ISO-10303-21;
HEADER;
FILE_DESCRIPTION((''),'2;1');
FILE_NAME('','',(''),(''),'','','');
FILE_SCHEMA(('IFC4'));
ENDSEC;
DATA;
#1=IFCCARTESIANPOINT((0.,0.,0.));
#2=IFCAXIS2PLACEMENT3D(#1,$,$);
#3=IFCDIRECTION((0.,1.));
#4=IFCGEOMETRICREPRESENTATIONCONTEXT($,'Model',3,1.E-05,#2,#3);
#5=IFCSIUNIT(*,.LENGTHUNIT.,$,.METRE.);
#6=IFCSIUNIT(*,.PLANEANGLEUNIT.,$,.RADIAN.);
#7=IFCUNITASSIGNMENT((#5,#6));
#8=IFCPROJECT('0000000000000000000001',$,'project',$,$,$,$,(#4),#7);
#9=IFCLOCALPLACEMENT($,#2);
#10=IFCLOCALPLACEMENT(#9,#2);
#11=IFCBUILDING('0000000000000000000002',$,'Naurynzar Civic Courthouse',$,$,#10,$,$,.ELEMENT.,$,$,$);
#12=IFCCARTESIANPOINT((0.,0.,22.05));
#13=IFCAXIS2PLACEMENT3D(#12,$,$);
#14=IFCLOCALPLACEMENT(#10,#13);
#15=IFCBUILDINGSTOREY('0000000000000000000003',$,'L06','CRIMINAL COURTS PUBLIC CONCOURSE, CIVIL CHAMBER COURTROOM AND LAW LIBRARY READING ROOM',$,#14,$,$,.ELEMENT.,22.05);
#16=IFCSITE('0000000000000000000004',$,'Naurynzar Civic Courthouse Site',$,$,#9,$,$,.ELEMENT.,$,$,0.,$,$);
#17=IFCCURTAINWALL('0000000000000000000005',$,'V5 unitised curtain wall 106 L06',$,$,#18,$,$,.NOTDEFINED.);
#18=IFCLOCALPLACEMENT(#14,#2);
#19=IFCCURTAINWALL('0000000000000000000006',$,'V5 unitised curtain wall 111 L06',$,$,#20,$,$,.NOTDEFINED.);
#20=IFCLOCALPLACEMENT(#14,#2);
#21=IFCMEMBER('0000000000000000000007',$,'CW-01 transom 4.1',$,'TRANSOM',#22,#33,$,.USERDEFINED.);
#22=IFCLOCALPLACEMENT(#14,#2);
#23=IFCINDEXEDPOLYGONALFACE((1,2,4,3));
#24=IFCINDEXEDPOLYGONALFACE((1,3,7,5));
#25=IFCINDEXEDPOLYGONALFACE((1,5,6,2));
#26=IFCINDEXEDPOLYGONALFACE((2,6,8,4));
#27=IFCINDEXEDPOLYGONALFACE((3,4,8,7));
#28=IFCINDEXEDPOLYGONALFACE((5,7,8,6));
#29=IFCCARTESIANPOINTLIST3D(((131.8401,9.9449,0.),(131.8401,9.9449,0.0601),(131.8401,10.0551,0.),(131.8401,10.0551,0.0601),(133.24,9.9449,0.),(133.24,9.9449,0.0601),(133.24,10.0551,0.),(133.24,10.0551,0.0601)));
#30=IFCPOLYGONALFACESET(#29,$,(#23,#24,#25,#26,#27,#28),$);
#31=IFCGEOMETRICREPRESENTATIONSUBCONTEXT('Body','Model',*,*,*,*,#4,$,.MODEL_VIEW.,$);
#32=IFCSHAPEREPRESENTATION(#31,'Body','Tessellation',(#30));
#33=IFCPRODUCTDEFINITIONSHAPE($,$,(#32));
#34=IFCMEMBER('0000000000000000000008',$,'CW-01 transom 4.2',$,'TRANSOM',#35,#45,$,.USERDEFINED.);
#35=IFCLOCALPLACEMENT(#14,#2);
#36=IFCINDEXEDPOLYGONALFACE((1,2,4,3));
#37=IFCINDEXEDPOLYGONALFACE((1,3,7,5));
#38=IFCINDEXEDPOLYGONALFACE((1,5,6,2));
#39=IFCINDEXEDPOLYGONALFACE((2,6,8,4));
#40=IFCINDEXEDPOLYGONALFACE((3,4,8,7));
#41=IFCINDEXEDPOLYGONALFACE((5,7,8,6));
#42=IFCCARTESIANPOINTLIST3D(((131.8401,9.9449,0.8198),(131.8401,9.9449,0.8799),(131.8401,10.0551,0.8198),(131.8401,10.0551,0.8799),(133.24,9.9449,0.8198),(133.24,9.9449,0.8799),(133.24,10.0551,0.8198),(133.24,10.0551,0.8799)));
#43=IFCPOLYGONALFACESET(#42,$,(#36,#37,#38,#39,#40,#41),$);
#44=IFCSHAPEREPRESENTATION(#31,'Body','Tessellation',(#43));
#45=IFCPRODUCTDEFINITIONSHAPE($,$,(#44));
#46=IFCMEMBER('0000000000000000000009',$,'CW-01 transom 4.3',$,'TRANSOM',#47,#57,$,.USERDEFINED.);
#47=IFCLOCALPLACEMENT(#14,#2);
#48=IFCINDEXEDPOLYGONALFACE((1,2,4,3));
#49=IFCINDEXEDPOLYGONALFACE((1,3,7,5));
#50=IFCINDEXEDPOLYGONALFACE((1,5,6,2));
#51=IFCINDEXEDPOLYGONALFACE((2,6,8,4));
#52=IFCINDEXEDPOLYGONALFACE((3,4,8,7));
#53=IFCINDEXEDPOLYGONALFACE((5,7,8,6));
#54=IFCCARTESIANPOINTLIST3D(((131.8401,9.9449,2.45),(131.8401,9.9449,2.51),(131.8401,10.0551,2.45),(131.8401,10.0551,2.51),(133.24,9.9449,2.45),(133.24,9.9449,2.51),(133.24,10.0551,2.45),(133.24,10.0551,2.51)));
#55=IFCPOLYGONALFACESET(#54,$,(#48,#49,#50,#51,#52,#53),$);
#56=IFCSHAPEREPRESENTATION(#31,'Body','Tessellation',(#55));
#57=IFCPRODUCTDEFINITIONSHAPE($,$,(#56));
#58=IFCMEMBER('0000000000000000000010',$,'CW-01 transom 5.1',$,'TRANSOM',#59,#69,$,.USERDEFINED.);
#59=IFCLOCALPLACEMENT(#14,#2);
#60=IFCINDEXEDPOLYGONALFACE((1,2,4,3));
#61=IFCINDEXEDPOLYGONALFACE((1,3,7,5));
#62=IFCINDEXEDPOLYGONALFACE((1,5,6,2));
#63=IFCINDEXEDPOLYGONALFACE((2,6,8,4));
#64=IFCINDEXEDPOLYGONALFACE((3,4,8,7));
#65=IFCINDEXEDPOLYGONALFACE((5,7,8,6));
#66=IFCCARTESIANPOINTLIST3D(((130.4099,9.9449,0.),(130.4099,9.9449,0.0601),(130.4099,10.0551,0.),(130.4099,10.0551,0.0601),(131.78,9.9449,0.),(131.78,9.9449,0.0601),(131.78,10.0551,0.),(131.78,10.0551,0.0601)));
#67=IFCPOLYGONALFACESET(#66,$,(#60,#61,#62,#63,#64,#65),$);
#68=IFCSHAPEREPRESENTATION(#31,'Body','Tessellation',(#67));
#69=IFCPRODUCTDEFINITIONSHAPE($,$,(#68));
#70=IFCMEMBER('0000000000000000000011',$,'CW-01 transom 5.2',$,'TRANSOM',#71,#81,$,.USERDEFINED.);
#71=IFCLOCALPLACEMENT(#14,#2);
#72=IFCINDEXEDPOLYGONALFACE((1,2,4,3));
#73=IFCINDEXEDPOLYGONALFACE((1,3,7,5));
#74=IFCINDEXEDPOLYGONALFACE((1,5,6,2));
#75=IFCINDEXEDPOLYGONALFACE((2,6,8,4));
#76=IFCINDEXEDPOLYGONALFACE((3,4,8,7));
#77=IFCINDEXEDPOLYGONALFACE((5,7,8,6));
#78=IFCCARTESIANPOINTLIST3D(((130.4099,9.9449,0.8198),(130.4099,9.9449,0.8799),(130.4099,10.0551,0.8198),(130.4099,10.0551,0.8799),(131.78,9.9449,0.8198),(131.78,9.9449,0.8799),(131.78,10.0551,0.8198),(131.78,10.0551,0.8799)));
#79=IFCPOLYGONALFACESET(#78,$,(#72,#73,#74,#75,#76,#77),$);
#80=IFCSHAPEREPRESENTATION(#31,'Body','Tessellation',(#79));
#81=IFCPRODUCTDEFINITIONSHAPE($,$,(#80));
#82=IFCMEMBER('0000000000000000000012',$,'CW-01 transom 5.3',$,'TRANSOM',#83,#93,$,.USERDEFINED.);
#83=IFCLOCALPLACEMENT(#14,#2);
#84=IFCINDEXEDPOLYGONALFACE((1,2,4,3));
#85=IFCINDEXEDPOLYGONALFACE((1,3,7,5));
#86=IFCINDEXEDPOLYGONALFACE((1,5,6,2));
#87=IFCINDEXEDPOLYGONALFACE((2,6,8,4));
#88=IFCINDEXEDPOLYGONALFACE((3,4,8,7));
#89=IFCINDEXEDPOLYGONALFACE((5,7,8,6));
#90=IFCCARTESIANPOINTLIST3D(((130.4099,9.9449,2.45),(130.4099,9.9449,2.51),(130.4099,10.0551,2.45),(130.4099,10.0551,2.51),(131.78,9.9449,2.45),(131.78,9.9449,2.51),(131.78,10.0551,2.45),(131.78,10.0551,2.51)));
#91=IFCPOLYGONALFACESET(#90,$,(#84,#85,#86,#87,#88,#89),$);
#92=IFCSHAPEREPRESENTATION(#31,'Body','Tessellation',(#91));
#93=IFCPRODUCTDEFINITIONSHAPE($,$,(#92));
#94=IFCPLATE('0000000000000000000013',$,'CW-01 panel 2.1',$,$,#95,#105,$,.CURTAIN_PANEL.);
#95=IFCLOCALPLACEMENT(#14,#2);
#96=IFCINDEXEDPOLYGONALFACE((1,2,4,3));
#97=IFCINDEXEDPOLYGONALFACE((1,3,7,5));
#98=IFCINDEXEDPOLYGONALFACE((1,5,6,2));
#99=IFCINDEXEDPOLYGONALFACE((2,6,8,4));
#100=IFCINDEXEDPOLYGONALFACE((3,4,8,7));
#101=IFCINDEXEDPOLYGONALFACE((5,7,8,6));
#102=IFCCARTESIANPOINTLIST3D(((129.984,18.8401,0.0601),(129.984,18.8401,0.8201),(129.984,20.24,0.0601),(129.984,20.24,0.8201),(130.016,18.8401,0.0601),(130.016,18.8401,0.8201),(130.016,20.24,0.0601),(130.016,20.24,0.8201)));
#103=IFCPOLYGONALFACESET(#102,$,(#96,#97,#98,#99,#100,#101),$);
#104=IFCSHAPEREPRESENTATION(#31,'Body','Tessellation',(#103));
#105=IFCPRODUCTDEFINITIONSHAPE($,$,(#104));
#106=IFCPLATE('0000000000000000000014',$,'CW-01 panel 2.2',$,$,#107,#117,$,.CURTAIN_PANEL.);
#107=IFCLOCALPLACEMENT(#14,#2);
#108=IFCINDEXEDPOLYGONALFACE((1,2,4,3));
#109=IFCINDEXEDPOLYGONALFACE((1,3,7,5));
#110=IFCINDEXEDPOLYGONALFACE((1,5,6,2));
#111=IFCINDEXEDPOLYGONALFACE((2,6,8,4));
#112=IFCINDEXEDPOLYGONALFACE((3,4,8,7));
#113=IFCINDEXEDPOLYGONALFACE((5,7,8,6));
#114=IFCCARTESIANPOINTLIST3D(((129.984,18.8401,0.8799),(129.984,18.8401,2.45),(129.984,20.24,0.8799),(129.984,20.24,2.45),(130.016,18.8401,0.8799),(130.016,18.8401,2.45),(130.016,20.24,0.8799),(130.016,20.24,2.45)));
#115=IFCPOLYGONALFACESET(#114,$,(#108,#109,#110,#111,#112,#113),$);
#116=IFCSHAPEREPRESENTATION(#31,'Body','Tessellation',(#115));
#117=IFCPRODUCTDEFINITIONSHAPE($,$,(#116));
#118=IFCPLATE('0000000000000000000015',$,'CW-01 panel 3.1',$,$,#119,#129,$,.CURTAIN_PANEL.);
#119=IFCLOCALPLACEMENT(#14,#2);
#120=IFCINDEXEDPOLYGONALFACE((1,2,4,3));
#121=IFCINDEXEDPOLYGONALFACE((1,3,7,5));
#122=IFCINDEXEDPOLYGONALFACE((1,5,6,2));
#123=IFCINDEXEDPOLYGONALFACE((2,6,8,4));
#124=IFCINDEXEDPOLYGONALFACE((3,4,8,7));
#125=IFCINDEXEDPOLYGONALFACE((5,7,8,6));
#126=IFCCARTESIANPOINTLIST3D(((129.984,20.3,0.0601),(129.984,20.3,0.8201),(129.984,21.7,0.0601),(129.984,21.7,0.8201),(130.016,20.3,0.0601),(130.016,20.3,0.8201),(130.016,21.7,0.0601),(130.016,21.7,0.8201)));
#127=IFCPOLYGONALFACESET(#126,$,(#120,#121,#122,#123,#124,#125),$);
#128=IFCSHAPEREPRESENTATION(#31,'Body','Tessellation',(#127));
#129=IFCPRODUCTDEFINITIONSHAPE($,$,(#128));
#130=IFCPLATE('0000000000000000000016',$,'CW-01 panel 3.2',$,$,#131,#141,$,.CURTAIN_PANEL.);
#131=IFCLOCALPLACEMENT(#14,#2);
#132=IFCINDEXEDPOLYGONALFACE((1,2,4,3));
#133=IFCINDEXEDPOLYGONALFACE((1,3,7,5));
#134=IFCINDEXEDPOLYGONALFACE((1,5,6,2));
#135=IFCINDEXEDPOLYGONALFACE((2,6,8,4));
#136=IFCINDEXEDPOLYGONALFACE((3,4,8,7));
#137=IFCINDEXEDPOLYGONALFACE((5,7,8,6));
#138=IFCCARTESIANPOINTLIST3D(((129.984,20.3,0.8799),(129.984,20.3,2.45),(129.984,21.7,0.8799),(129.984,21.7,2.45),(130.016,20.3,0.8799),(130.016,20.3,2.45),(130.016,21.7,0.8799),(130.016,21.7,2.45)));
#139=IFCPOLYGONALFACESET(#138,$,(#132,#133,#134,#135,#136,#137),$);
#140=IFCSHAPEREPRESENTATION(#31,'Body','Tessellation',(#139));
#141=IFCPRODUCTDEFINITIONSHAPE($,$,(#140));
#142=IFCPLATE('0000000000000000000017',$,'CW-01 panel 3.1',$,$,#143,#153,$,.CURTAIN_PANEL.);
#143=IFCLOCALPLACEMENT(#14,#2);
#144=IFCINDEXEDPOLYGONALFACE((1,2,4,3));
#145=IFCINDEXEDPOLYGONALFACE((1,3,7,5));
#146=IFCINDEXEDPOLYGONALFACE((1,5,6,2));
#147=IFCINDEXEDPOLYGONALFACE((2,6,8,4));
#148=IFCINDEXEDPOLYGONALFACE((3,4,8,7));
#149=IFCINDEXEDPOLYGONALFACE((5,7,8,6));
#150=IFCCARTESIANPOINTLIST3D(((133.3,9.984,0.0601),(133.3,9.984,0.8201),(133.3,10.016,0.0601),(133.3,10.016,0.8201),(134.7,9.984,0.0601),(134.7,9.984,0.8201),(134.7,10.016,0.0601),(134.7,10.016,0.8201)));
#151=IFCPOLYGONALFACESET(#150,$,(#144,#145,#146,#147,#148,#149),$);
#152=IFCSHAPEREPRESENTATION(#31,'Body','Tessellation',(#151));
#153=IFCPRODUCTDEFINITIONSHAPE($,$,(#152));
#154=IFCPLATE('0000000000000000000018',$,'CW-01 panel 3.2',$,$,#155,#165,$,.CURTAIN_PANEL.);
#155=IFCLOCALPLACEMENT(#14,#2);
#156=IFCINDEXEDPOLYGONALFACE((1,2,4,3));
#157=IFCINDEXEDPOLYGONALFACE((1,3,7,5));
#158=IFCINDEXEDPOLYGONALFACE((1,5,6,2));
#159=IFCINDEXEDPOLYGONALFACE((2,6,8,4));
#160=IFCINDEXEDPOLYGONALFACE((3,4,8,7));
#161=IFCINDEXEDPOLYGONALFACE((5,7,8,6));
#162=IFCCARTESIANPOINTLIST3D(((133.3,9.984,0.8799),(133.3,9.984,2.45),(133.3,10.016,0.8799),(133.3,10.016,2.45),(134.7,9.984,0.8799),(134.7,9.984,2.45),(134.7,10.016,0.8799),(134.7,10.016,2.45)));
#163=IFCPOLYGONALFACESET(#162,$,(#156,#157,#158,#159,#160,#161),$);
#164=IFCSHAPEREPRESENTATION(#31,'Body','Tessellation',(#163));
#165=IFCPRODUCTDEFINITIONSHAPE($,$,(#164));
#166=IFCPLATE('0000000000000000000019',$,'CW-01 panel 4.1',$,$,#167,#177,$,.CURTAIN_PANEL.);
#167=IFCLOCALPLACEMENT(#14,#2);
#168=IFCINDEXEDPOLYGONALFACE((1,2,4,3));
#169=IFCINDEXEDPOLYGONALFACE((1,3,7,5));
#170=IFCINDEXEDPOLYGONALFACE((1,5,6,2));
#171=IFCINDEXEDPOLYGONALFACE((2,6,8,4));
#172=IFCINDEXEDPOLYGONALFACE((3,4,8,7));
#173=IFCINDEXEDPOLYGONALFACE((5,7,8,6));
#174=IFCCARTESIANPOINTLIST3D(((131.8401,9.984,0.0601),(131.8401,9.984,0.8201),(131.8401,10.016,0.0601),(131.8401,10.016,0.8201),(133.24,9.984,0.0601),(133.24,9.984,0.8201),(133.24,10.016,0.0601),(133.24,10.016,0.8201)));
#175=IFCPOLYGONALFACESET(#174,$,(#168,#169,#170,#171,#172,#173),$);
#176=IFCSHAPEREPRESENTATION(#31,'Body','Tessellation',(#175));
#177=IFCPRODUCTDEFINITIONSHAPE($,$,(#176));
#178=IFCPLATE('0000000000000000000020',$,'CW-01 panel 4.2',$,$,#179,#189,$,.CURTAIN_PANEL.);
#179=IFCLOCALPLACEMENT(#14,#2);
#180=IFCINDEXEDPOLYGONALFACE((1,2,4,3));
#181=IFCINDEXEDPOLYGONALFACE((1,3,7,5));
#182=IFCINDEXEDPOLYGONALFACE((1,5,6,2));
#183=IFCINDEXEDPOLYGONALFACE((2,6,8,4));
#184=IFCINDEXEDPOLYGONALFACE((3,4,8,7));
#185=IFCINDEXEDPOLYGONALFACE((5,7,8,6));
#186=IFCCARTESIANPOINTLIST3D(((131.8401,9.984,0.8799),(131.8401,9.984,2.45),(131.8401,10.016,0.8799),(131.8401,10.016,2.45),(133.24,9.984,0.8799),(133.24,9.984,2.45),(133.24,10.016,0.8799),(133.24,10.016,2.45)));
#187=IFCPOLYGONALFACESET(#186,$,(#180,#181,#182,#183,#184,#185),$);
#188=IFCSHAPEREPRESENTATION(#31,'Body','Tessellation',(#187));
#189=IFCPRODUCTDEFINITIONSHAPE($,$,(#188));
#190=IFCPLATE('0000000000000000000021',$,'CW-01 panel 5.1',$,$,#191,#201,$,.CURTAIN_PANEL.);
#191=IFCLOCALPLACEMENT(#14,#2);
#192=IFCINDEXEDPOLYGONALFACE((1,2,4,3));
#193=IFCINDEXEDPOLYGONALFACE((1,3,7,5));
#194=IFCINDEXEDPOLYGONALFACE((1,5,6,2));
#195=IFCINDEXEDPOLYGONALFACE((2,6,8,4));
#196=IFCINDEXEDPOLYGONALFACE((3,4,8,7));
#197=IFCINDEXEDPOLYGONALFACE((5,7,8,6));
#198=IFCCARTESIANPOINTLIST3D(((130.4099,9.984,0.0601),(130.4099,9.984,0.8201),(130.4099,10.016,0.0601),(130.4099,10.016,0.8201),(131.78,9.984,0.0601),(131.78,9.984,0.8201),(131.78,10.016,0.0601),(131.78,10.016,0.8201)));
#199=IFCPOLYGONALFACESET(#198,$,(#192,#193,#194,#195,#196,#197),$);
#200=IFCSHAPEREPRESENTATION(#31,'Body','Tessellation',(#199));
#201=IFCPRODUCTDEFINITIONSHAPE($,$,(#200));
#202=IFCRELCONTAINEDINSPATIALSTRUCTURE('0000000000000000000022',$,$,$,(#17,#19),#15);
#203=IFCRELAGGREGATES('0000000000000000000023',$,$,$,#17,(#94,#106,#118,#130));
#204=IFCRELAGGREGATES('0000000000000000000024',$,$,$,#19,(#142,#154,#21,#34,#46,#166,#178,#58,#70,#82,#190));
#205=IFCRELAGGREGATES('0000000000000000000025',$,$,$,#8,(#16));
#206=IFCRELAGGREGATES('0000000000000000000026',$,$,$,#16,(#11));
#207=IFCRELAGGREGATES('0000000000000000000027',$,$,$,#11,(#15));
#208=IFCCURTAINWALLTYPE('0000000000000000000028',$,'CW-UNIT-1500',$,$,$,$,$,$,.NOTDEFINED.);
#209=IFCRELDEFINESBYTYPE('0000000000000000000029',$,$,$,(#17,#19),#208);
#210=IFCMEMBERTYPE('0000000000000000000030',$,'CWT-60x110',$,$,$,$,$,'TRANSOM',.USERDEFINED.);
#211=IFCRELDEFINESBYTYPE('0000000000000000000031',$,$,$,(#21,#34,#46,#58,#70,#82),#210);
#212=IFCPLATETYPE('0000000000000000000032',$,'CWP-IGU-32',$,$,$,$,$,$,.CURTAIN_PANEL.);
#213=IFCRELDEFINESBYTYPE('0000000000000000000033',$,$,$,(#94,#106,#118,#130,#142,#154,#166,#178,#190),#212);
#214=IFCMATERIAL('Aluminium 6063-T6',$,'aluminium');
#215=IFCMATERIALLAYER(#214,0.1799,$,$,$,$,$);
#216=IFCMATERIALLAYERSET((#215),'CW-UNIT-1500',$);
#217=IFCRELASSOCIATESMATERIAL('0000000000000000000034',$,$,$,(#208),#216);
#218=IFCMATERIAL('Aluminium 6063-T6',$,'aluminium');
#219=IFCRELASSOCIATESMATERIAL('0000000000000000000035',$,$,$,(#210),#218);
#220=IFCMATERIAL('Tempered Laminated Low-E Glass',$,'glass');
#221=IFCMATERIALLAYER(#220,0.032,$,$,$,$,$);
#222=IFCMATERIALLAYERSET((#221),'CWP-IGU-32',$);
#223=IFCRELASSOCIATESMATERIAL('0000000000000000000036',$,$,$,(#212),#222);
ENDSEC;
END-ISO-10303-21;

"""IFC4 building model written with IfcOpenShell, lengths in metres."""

from ifc_helpers import new_model, si_unit, direction, frame, origin, origin_2d, place, context, subcontext, project, spatial, rectangle, extrude, material, layer, layer_set, material_profile, profile_set, type_object, element, aggregate, save


model = new_model("IFC4")

# Units and contexts
model_context = context("Model", 3, precision=1e-05, world=origin(), true_north=direction((0.0, 1.0)))
body_context = subcontext(model_context, "Body", "Model", "MODEL_VIEW")
ifc_project = project(units=[si_unit("LENGTHUNIT", "METRE"), si_unit("PLANEANGLEUNIT", "RADIAN")], contexts=[model_context])

# Site, building, storey
site_placement = place(None, origin())
site = spatial("IfcSite", under=ifc_project, at=site_placement, Name="Naurynzar Civic Courthouse Site", CompositionType="ELEMENT", RefElevation=0.0)
building_placement = place(site_placement, origin())
building = spatial("IfcBuilding", under=site, at=building_placement, Name="Naurynzar Civic Courthouse", CompositionType="ELEMENT")
storey_placement = place(building_placement, frame((0.0, 0.0, 22.05)))
storey = spatial("IfcBuildingStorey", under=building, at=storey_placement, Name="L06", Description="CRIMINAL COURTS PUBLIC CONCOURSE, CIVIL CHAMBER COURTROOM AND LAW LIBRARY READING ROOM", CompositionType="ELEMENT", Elevation=22.05)

# Curtain walls
ifc_material_1 = material(Name="Aluminium 6063-T6", Category="aluminium")
ifc_layer_1 = layer(ifc_material_1, 0.1799)
ifc_layer_set_1 = layer_set([ifc_layer_1], Name="CW-UNIT-1500")
curtain_wall_type = type_object("IfcCurtainWallType", Name="CW-UNIT-1500", PredefinedType="NOTDEFINED", material=ifc_layer_set_1)
curtain_wall_1_placement = place(storey_placement, origin())
curtain_wall_1 = element("IfcCurtainWall", 1, at=curtain_wall_1_placement, inside=storey, type_object=curtain_wall_type, Name="V5 unitised curtain wall 106 L06", PredefinedType="NOTDEFINED")
curtain_wall_2_placement = place(storey_placement, origin())
curtain_wall_2 = element("IfcCurtainWall", 2, at=curtain_wall_2_placement, inside=storey, type_object=curtain_wall_type, Name="V5 unitised curtain wall 111 L06", PredefinedType="NOTDEFINED")

# Members
ifc_material_2 = material(Name="Aluminium 6063-T6", Category="aluminium")
ifc_material_profile_1 = material_profile(ifc_material_2, rectangle(XDim=0.1101, YDim=0.0601, at=origin_2d()), Name="ALU TRANSOM 60x110")
ifc_profile_set_1 = profile_set([ifc_material_profile_1], Name="Aluminium 6063-T6")
member_type_1 = type_object("IfcMemberType", Name="CWT-60x110", ElementType="TRANSOM", PredefinedType="USERDEFINED", material=ifc_profile_set_1)
member_1_placement = place(storey_placement, frame((133.24, 10.0, 0.03), z_axis=(-1.0, 0.0, 0.0), x_axis=(0.0, -1.0, 0.0)))
member_1 = element("IfcMember", 3, at=member_1_placement, type_object=member_type_1, Name="CW-01 transom 4.1", ObjectType="TRANSOM", PredefinedType="USERDEFINED", context=body_context, shape_type="SweptSolid", body=[
    extrude(rectangle(XDim=0.1101, YDim=0.0601, at=origin_2d()), origin(), (0.0, 0.0, 1.0), 1.3999),
])
member_2_placement = place(storey_placement, frame((133.24, 10.0, 0.8499), z_axis=(-1.0, 0.0, 0.0), x_axis=(0.0, -1.0, 0.0)))
member_2 = element("IfcMember", 4, at=member_2_placement, type_object=member_type_1, Name="CW-01 transom 4.2", ObjectType="TRANSOM", PredefinedType="USERDEFINED", context=body_context, shape_type="SweptSolid", body=[
    extrude(rectangle(XDim=0.1101, YDim=0.0601, at=origin_2d()), origin(), (0.0, 0.0, 1.0), 1.3999),
])
member_3_placement = place(storey_placement, frame((133.24, 10.0, 2.48), z_axis=(-1.0, 0.0, 0.0), x_axis=(0.0, -1.0, 0.0)))
member_3 = element("IfcMember", 5, at=member_3_placement, type_object=member_type_1, Name="CW-01 transom 4.3", ObjectType="TRANSOM", PredefinedType="USERDEFINED", context=body_context, shape_type="SweptSolid", body=[
    extrude(rectangle(XDim=0.1101, YDim=0.0601, at=origin_2d()), origin(), (0.0, 0.0, 1.0), 1.3999),
])
member_4_placement = place(storey_placement, frame((131.78, 10.0, 0.03), z_axis=(-1.0, 0.0, 0.0), x_axis=(0.0, -1.0, 0.0)))
member_4 = element("IfcMember", 6, at=member_4_placement, type_object=member_type_1, Name="CW-01 transom 5.1", ObjectType="TRANSOM", PredefinedType="USERDEFINED", context=body_context, shape_type="SweptSolid", body=[
    extrude(rectangle(XDim=0.1101, YDim=0.0601, at=origin_2d()), origin(), (0.0, 0.0, 1.0), 1.3701),
])
member_5_placement = place(storey_placement, frame((131.78, 10.0, 0.8499), z_axis=(-1.0, 0.0, 0.0), x_axis=(0.0, -1.0, 0.0)))
member_5 = element("IfcMember", 7, at=member_5_placement, type_object=member_type_1, Name="CW-01 transom 5.2", ObjectType="TRANSOM", PredefinedType="USERDEFINED", context=body_context, shape_type="SweptSolid", body=[
    extrude(rectangle(XDim=0.1101, YDim=0.0601, at=origin_2d()), origin(), (0.0, 0.0, 1.0), 1.3701),
])
member_6_placement = place(storey_placement, frame((131.78, 10.0, 2.48), z_axis=(-1.0, 0.0, 0.0), x_axis=(0.0, -1.0, 0.0)))
member_6 = element("IfcMember", 8, at=member_6_placement, type_object=member_type_1, Name="CW-01 transom 5.3", ObjectType="TRANSOM", PredefinedType="USERDEFINED", context=body_context, shape_type="SweptSolid", body=[
    extrude(rectangle(XDim=0.1101, YDim=0.0601, at=origin_2d()), origin(), (0.0, 0.0, 1.0), 1.3701),
])

# Plates
ifc_material_3 = material(Name="Tempered Laminated Low-E Glass", Category="glass")
ifc_layer_2 = layer(ifc_material_3, 0.032)
ifc_layer_set_2 = layer_set([ifc_layer_2], Name="CWP-IGU-32")
plate_type = type_object("IfcPlateType", Name="CWP-IGU-32", PredefinedType="CURTAIN_PANEL", material=ifc_layer_set_2)
plate_1_placement = place(storey_placement, frame((130.0, 19.54, 0.0601), z_axis=(0.0, 0.0, 1.0), x_axis=(0.0, 1.0, 0.0)))
plate_1 = element("IfcPlate", 9, at=plate_1_placement, type_object=plate_type, Name="CW-01 panel 2.1", PredefinedType="CURTAIN_PANEL", context=body_context, shape_type="SweptSolid", body=[
    extrude(rectangle(XDim=1.3999, YDim=0.032, at=origin_2d()), origin(), (0.0, 0.0, 1.0), 0.76),
])
plate_2_placement = place(storey_placement, frame((130.0, 19.54, 0.8799), z_axis=(0.0, 0.0, 1.0), x_axis=(0.0, 1.0, 0.0)))
plate_2 = element("IfcPlate", 10, at=plate_2_placement, type_object=plate_type, Name="CW-01 panel 2.2", PredefinedType="CURTAIN_PANEL", context=body_context, shape_type="SweptSolid", body=[
    extrude(rectangle(XDim=1.3999, YDim=0.032, at=origin_2d()), origin(), (0.0, 0.0, 1.0), 1.5701),
])
plate_3_placement = place(storey_placement, frame((130.0, 21.0, 0.0601), z_axis=(0.0, 0.0, 1.0), x_axis=(0.0, 1.0, 0.0)))
plate_3 = element("IfcPlate", 11, at=plate_3_placement, type_object=plate_type, Name="CW-01 panel 3.1", PredefinedType="CURTAIN_PANEL", context=body_context, shape_type="SweptSolid", body=[
    extrude(rectangle(XDim=1.3999, YDim=0.032, at=origin_2d()), origin(), (0.0, 0.0, 1.0), 0.76),
])
plate_4_placement = place(storey_placement, frame((130.0, 21.0, 0.8799), z_axis=(0.0, 0.0, 1.0), x_axis=(0.0, 1.0, 0.0)))
plate_4 = element("IfcPlate", 12, at=plate_4_placement, type_object=plate_type, Name="CW-01 panel 3.2", PredefinedType="CURTAIN_PANEL", context=body_context, shape_type="SweptSolid", body=[
    extrude(rectangle(XDim=1.3999, YDim=0.032, at=origin_2d()), origin(), (0.0, 0.0, 1.0), 1.5701),
])
aggregate(curtain_wall_1, [plate_1, plate_2, plate_3, plate_4])
plate_5_placement = place(storey_placement, frame((134.0, 10.0, 0.0601), z_axis=(0.0, 0.0, 1.0), x_axis=(-1.0, 0.0, 0.0)))
plate_5 = element("IfcPlate", 13, at=plate_5_placement, type_object=plate_type, Name="CW-01 panel 3.1", PredefinedType="CURTAIN_PANEL", context=body_context, shape_type="SweptSolid", body=[
    extrude(rectangle(XDim=1.3999, YDim=0.032, at=origin_2d()), origin(), (0.0, 0.0, 1.0), 0.76),
])
plate_6_placement = place(storey_placement, frame((134.0, 10.0, 0.8799), z_axis=(0.0, 0.0, 1.0), x_axis=(-1.0, 0.0, 0.0)))
plate_6 = element("IfcPlate", 14, at=plate_6_placement, type_object=plate_type, Name="CW-01 panel 3.2", PredefinedType="CURTAIN_PANEL", context=body_context, shape_type="SweptSolid", body=[
    extrude(rectangle(XDim=1.3999, YDim=0.032, at=origin_2d()), origin(), (0.0, 0.0, 1.0), 1.5701),
])
plate_7_placement = place(storey_placement, frame((132.54, 10.0, 0.0601), z_axis=(0.0, 0.0, 1.0), x_axis=(-1.0, 0.0, 0.0)))
plate_7 = element("IfcPlate", 15, at=plate_7_placement, type_object=plate_type, Name="CW-01 panel 4.1", PredefinedType="CURTAIN_PANEL", context=body_context, shape_type="SweptSolid", body=[
    extrude(rectangle(XDim=1.3999, YDim=0.032, at=origin_2d()), origin(), (0.0, 0.0, 1.0), 0.76),
])
plate_8_placement = place(storey_placement, frame((132.54, 10.0, 0.8799), z_axis=(0.0, 0.0, 1.0), x_axis=(-1.0, 0.0, 0.0)))
plate_8 = element("IfcPlate", 16, at=plate_8_placement, type_object=plate_type, Name="CW-01 panel 4.2", PredefinedType="CURTAIN_PANEL", context=body_context, shape_type="SweptSolid", body=[
    extrude(rectangle(XDim=1.3999, YDim=0.032, at=origin_2d()), origin(), (0.0, 0.0, 1.0), 1.5701),
])
plate_9_placement = place(storey_placement, frame((131.095, 10.0, 0.0601), z_axis=(0.0, 0.0, 1.0), x_axis=(-1.0, 0.0, 0.0)))
plate_9 = element("IfcPlate", 17, at=plate_9_placement, type_object=plate_type, Name="CW-01 panel 5.1", PredefinedType="CURTAIN_PANEL", context=body_context, shape_type="SweptSolid", body=[
    extrude(rectangle(XDim=1.3701, YDim=0.032, at=origin_2d()), origin(), (0.0, 0.0, 1.0), 0.76),
])
aggregate(curtain_wall_2, [plate_5, plate_6, member_1, member_2, member_3, plate_7, plate_8, member_4, member_5, member_6, plate_9])

save(model, "model.ifc")
